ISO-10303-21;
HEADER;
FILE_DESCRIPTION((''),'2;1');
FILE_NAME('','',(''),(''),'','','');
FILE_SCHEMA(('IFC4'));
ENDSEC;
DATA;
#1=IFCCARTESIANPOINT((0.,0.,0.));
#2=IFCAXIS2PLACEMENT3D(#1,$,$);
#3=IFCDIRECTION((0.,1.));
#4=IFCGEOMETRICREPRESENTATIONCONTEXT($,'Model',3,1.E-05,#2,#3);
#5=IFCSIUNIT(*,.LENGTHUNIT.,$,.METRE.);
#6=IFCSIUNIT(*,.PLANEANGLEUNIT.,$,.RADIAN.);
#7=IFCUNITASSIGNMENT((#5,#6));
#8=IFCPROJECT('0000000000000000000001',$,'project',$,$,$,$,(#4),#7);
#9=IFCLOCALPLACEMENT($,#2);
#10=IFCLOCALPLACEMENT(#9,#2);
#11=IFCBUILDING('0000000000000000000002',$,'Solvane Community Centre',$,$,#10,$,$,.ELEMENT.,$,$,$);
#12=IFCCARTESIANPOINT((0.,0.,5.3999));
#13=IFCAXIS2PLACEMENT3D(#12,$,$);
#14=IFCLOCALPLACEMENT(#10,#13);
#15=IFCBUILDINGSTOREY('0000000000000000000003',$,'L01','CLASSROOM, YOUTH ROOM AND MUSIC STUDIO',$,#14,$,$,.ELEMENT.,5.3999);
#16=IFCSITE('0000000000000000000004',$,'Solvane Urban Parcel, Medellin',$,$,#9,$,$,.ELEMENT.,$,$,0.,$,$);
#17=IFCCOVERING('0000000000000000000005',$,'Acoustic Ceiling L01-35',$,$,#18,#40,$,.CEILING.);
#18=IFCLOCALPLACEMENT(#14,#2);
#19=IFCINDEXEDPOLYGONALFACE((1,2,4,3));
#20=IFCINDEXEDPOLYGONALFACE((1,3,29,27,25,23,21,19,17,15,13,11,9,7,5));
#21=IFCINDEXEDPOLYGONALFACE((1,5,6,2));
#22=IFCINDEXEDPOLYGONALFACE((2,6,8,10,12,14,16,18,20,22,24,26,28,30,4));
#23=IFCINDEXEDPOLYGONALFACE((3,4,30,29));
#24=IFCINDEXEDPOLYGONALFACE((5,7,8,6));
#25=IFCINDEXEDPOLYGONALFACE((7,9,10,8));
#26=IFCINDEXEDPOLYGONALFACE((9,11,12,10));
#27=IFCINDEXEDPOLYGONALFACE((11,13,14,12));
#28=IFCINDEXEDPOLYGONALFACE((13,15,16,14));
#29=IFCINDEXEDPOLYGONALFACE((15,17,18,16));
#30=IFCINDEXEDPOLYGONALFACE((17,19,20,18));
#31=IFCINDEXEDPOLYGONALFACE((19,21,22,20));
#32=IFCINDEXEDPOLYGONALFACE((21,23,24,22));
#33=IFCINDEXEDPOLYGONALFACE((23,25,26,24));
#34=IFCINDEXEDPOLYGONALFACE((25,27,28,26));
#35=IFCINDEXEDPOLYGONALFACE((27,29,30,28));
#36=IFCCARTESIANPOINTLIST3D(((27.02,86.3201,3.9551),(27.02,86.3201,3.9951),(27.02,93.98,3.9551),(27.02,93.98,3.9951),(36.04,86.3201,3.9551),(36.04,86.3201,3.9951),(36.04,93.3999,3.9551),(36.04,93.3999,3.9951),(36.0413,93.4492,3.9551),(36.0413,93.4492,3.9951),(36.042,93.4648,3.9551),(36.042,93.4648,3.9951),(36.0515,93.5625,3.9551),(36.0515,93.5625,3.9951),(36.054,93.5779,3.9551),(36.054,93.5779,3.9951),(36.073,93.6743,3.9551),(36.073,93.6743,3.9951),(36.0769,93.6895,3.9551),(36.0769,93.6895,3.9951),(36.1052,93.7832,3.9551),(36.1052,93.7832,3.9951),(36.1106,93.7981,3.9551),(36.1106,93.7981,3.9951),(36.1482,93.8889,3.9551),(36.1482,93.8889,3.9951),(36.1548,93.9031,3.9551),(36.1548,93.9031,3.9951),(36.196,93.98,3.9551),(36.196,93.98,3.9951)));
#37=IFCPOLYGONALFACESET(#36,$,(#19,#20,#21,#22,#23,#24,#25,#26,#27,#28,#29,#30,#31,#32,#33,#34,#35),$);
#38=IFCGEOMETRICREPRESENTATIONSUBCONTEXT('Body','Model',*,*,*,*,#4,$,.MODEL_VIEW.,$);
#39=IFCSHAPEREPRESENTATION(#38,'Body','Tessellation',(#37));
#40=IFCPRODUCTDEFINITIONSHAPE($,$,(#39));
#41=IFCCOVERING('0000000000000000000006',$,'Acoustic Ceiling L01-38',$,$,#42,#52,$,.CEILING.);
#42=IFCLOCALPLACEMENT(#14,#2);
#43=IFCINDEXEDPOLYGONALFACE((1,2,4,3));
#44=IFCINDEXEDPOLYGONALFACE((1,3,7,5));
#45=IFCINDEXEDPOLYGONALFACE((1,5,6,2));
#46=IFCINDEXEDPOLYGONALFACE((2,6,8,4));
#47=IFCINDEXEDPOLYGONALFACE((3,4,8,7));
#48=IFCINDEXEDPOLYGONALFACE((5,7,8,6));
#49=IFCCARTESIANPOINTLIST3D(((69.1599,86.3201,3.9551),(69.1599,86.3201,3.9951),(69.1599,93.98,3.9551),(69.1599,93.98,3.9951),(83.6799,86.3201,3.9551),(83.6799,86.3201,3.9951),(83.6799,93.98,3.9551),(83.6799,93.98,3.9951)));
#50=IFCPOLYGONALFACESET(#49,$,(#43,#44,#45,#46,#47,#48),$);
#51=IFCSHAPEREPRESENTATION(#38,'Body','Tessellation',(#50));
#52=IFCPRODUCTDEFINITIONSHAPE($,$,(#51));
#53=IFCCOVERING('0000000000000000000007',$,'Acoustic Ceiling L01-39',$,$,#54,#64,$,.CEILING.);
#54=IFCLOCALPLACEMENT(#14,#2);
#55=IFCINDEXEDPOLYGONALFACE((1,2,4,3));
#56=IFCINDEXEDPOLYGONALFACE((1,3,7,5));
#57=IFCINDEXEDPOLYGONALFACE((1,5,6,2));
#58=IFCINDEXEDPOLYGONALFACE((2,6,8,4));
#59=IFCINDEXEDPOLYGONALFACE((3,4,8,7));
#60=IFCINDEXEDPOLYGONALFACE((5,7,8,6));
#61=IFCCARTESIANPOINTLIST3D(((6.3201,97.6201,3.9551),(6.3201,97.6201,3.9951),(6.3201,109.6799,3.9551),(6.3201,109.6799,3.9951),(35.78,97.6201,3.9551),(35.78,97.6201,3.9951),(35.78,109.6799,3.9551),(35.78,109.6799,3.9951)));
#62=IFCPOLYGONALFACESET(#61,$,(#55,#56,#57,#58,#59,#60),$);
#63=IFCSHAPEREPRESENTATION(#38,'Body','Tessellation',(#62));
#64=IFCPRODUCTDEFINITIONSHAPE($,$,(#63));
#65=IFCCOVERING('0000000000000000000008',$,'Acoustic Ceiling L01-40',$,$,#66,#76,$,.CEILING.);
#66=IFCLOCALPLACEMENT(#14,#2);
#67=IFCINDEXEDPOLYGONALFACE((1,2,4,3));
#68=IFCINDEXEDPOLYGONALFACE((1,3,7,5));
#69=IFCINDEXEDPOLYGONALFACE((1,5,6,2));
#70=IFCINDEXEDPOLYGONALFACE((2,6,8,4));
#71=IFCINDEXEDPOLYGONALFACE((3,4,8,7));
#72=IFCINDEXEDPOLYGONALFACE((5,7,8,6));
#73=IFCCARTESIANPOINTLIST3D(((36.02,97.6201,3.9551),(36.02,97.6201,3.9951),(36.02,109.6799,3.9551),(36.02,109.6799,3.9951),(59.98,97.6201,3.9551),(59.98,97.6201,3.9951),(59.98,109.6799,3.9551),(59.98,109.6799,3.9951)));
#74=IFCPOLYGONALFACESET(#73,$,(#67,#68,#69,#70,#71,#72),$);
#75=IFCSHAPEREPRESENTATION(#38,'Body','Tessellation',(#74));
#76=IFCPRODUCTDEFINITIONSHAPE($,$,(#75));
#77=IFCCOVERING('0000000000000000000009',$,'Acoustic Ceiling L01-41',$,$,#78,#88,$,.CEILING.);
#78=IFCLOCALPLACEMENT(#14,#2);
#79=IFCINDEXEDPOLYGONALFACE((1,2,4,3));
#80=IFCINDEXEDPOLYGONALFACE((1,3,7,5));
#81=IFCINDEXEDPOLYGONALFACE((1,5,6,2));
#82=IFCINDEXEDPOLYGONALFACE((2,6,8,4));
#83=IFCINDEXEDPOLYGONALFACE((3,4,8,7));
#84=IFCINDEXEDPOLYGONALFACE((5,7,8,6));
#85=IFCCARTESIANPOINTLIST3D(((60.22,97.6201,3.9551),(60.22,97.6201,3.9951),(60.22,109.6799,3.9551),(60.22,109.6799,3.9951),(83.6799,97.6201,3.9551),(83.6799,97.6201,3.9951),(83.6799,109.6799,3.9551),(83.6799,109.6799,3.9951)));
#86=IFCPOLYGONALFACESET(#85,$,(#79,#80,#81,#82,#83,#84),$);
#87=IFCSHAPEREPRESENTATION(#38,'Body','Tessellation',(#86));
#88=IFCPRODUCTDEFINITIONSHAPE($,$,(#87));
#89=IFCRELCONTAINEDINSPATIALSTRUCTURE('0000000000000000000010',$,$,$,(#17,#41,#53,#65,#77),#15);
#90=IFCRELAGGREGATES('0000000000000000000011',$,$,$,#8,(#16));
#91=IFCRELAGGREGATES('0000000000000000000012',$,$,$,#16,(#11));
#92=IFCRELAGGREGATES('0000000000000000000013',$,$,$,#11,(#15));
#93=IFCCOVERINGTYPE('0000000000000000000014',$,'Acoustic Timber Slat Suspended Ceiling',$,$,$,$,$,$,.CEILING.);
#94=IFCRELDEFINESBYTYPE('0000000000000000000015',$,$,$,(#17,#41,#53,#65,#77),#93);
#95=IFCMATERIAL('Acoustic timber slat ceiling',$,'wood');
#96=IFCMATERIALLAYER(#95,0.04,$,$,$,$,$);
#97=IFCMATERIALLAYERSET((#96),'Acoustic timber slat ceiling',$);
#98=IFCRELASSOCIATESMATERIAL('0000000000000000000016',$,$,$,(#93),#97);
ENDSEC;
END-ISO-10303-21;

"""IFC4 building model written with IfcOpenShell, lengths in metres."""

from ifc_helpers import new_model, si_unit, direction, frame, origin, place, context, subcontext, project, spatial, polyline, outline, extrude, material, layer, layer_set, type_object, element, save


model = new_model("IFC4")

# Units and contexts
model_context = context("Model", 3, precision=1e-05, world=origin(), true_north=direction((0.0, 1.0)))
body_context = subcontext(model_context, "Body", "Model", "MODEL_VIEW")
ifc_project = project(units=[si_unit("LENGTHUNIT", "METRE"), si_unit("PLANEANGLEUNIT", "RADIAN")], contexts=[model_context])

# Site, building, storey
site_placement = place(None, origin())
site = spatial("IfcSite", under=ifc_project, at=site_placement, Name="Solvane Urban Parcel, Medellin", CompositionType="ELEMENT", RefElevation=0.0)
building_placement = place(site_placement, origin())
building = spatial("IfcBuilding", under=site, at=building_placement, Name="Solvane Community Centre", CompositionType="ELEMENT")
storey_placement = place(building_placement, frame((0.0, 0.0, 5.3999)))
storey = spatial("IfcBuildingStorey", under=building, at=storey_placement, Name="L01", Description="CLASSROOM, YOUTH ROOM AND MUSIC STUDIO", CompositionType="ELEMENT", Elevation=5.3999)

# Coverings
ifc_material_1 = material(Name="Acoustic timber slat ceiling", Category="wood")
ifc_layer_1 = layer(ifc_material_1, 0.04)
ifc_layer_set_1 = layer_set([ifc_layer_1], Name="Acoustic timber slat ceiling")
covering_type = type_object("IfcCoveringType", Name="Acoustic Timber Slat Suspended Ceiling", PredefinedType="CEILING", material=ifc_layer_set_1)
covering_1_placement = place(storey_placement, frame((0.0, 0.0, 3.9551)))
element("IfcCovering", 1, at=covering_1_placement, inside=storey, type_object=covering_type, Name="Acoustic Ceiling L01-35", PredefinedType="CEILING", context=body_context, shape_type="SweptSolid", body=[
    extrude(outline(polyline([(27.02, 86.3201), (27.02, 93.98), (36.196, 93.98), (36.1548, 93.9031), (36.1482, 93.8889), (36.1106, 93.7981), (36.1052, 93.7832), (36.0769, 93.6895), (36.073, 93.6743), (36.054, 93.5779), (36.0515, 93.5625), (36.042, 93.4648), (36.0413, 93.4492), (36.04, 93.3999), (36.04, 86.3201), (27.02, 86.3201)])), origin(), (0.0, 0.0, 1.0), 0.04),
])
covering_2_placement = place(storey_placement, frame((0.0, 0.0, 3.9551)))
element("IfcCovering", 2, at=covering_2_placement, inside=storey, type_object=covering_type, Name="Acoustic Ceiling L01-38", PredefinedType="CEILING", context=body_context, shape_type="SweptSolid", body=[
    extrude(outline(polyline([(83.6799, 93.98), (83.6799, 86.3201), (69.1599, 86.3201), (69.1599, 93.98), (83.6799, 93.98)])), origin(), (0.0, 0.0, 1.0), 0.04),
])
covering_3_placement = place(storey_placement, frame((0.0, 0.0, 3.9551)))
element("IfcCovering", 3, at=covering_3_placement, inside=storey, type_object=covering_type, Name="Acoustic Ceiling L01-39", PredefinedType="CEILING", context=body_context, shape_type="SweptSolid", body=[
    extrude(outline(polyline([(6.3201, 97.6201), (6.3201, 109.6799), (35.78, 109.6799), (35.78, 97.6201), (6.3201, 97.6201)])), origin(), (0.0, 0.0, 1.0), 0.04),
])
covering_4_placement = place(storey_placement, frame((0.0, 0.0, 3.9551)))
element("IfcCovering", 4, at=covering_4_placement, inside=storey, type_object=covering_type, Name="Acoustic Ceiling L01-40", PredefinedType="CEILING", context=body_context, shape_type="SweptSolid", body=[
    extrude(outline(polyline([(36.02, 97.6201), (36.02, 109.6799), (59.98, 109.6799), (59.98, 97.6201), (36.02, 97.6201)])), origin(), (0.0, 0.0, 1.0), 0.04),
])
covering_5_placement = place(storey_placement, frame((0.0, 0.0, 3.9551)))
element("IfcCovering", 5, at=covering_5_placement, inside=storey, type_object=covering_type, Name="Acoustic Ceiling L01-41", PredefinedType="CEILING", context=body_context, shape_type="SweptSolid", body=[
    extrude(outline(polyline([(60.22, 97.6201), (60.22, 109.6799), (83.6799, 109.6799), (83.6799, 97.6201), (60.22, 97.6201)])), origin(), (0.0, 0.0, 1.0), 0.04),
])

save(model, "model.ifc")
